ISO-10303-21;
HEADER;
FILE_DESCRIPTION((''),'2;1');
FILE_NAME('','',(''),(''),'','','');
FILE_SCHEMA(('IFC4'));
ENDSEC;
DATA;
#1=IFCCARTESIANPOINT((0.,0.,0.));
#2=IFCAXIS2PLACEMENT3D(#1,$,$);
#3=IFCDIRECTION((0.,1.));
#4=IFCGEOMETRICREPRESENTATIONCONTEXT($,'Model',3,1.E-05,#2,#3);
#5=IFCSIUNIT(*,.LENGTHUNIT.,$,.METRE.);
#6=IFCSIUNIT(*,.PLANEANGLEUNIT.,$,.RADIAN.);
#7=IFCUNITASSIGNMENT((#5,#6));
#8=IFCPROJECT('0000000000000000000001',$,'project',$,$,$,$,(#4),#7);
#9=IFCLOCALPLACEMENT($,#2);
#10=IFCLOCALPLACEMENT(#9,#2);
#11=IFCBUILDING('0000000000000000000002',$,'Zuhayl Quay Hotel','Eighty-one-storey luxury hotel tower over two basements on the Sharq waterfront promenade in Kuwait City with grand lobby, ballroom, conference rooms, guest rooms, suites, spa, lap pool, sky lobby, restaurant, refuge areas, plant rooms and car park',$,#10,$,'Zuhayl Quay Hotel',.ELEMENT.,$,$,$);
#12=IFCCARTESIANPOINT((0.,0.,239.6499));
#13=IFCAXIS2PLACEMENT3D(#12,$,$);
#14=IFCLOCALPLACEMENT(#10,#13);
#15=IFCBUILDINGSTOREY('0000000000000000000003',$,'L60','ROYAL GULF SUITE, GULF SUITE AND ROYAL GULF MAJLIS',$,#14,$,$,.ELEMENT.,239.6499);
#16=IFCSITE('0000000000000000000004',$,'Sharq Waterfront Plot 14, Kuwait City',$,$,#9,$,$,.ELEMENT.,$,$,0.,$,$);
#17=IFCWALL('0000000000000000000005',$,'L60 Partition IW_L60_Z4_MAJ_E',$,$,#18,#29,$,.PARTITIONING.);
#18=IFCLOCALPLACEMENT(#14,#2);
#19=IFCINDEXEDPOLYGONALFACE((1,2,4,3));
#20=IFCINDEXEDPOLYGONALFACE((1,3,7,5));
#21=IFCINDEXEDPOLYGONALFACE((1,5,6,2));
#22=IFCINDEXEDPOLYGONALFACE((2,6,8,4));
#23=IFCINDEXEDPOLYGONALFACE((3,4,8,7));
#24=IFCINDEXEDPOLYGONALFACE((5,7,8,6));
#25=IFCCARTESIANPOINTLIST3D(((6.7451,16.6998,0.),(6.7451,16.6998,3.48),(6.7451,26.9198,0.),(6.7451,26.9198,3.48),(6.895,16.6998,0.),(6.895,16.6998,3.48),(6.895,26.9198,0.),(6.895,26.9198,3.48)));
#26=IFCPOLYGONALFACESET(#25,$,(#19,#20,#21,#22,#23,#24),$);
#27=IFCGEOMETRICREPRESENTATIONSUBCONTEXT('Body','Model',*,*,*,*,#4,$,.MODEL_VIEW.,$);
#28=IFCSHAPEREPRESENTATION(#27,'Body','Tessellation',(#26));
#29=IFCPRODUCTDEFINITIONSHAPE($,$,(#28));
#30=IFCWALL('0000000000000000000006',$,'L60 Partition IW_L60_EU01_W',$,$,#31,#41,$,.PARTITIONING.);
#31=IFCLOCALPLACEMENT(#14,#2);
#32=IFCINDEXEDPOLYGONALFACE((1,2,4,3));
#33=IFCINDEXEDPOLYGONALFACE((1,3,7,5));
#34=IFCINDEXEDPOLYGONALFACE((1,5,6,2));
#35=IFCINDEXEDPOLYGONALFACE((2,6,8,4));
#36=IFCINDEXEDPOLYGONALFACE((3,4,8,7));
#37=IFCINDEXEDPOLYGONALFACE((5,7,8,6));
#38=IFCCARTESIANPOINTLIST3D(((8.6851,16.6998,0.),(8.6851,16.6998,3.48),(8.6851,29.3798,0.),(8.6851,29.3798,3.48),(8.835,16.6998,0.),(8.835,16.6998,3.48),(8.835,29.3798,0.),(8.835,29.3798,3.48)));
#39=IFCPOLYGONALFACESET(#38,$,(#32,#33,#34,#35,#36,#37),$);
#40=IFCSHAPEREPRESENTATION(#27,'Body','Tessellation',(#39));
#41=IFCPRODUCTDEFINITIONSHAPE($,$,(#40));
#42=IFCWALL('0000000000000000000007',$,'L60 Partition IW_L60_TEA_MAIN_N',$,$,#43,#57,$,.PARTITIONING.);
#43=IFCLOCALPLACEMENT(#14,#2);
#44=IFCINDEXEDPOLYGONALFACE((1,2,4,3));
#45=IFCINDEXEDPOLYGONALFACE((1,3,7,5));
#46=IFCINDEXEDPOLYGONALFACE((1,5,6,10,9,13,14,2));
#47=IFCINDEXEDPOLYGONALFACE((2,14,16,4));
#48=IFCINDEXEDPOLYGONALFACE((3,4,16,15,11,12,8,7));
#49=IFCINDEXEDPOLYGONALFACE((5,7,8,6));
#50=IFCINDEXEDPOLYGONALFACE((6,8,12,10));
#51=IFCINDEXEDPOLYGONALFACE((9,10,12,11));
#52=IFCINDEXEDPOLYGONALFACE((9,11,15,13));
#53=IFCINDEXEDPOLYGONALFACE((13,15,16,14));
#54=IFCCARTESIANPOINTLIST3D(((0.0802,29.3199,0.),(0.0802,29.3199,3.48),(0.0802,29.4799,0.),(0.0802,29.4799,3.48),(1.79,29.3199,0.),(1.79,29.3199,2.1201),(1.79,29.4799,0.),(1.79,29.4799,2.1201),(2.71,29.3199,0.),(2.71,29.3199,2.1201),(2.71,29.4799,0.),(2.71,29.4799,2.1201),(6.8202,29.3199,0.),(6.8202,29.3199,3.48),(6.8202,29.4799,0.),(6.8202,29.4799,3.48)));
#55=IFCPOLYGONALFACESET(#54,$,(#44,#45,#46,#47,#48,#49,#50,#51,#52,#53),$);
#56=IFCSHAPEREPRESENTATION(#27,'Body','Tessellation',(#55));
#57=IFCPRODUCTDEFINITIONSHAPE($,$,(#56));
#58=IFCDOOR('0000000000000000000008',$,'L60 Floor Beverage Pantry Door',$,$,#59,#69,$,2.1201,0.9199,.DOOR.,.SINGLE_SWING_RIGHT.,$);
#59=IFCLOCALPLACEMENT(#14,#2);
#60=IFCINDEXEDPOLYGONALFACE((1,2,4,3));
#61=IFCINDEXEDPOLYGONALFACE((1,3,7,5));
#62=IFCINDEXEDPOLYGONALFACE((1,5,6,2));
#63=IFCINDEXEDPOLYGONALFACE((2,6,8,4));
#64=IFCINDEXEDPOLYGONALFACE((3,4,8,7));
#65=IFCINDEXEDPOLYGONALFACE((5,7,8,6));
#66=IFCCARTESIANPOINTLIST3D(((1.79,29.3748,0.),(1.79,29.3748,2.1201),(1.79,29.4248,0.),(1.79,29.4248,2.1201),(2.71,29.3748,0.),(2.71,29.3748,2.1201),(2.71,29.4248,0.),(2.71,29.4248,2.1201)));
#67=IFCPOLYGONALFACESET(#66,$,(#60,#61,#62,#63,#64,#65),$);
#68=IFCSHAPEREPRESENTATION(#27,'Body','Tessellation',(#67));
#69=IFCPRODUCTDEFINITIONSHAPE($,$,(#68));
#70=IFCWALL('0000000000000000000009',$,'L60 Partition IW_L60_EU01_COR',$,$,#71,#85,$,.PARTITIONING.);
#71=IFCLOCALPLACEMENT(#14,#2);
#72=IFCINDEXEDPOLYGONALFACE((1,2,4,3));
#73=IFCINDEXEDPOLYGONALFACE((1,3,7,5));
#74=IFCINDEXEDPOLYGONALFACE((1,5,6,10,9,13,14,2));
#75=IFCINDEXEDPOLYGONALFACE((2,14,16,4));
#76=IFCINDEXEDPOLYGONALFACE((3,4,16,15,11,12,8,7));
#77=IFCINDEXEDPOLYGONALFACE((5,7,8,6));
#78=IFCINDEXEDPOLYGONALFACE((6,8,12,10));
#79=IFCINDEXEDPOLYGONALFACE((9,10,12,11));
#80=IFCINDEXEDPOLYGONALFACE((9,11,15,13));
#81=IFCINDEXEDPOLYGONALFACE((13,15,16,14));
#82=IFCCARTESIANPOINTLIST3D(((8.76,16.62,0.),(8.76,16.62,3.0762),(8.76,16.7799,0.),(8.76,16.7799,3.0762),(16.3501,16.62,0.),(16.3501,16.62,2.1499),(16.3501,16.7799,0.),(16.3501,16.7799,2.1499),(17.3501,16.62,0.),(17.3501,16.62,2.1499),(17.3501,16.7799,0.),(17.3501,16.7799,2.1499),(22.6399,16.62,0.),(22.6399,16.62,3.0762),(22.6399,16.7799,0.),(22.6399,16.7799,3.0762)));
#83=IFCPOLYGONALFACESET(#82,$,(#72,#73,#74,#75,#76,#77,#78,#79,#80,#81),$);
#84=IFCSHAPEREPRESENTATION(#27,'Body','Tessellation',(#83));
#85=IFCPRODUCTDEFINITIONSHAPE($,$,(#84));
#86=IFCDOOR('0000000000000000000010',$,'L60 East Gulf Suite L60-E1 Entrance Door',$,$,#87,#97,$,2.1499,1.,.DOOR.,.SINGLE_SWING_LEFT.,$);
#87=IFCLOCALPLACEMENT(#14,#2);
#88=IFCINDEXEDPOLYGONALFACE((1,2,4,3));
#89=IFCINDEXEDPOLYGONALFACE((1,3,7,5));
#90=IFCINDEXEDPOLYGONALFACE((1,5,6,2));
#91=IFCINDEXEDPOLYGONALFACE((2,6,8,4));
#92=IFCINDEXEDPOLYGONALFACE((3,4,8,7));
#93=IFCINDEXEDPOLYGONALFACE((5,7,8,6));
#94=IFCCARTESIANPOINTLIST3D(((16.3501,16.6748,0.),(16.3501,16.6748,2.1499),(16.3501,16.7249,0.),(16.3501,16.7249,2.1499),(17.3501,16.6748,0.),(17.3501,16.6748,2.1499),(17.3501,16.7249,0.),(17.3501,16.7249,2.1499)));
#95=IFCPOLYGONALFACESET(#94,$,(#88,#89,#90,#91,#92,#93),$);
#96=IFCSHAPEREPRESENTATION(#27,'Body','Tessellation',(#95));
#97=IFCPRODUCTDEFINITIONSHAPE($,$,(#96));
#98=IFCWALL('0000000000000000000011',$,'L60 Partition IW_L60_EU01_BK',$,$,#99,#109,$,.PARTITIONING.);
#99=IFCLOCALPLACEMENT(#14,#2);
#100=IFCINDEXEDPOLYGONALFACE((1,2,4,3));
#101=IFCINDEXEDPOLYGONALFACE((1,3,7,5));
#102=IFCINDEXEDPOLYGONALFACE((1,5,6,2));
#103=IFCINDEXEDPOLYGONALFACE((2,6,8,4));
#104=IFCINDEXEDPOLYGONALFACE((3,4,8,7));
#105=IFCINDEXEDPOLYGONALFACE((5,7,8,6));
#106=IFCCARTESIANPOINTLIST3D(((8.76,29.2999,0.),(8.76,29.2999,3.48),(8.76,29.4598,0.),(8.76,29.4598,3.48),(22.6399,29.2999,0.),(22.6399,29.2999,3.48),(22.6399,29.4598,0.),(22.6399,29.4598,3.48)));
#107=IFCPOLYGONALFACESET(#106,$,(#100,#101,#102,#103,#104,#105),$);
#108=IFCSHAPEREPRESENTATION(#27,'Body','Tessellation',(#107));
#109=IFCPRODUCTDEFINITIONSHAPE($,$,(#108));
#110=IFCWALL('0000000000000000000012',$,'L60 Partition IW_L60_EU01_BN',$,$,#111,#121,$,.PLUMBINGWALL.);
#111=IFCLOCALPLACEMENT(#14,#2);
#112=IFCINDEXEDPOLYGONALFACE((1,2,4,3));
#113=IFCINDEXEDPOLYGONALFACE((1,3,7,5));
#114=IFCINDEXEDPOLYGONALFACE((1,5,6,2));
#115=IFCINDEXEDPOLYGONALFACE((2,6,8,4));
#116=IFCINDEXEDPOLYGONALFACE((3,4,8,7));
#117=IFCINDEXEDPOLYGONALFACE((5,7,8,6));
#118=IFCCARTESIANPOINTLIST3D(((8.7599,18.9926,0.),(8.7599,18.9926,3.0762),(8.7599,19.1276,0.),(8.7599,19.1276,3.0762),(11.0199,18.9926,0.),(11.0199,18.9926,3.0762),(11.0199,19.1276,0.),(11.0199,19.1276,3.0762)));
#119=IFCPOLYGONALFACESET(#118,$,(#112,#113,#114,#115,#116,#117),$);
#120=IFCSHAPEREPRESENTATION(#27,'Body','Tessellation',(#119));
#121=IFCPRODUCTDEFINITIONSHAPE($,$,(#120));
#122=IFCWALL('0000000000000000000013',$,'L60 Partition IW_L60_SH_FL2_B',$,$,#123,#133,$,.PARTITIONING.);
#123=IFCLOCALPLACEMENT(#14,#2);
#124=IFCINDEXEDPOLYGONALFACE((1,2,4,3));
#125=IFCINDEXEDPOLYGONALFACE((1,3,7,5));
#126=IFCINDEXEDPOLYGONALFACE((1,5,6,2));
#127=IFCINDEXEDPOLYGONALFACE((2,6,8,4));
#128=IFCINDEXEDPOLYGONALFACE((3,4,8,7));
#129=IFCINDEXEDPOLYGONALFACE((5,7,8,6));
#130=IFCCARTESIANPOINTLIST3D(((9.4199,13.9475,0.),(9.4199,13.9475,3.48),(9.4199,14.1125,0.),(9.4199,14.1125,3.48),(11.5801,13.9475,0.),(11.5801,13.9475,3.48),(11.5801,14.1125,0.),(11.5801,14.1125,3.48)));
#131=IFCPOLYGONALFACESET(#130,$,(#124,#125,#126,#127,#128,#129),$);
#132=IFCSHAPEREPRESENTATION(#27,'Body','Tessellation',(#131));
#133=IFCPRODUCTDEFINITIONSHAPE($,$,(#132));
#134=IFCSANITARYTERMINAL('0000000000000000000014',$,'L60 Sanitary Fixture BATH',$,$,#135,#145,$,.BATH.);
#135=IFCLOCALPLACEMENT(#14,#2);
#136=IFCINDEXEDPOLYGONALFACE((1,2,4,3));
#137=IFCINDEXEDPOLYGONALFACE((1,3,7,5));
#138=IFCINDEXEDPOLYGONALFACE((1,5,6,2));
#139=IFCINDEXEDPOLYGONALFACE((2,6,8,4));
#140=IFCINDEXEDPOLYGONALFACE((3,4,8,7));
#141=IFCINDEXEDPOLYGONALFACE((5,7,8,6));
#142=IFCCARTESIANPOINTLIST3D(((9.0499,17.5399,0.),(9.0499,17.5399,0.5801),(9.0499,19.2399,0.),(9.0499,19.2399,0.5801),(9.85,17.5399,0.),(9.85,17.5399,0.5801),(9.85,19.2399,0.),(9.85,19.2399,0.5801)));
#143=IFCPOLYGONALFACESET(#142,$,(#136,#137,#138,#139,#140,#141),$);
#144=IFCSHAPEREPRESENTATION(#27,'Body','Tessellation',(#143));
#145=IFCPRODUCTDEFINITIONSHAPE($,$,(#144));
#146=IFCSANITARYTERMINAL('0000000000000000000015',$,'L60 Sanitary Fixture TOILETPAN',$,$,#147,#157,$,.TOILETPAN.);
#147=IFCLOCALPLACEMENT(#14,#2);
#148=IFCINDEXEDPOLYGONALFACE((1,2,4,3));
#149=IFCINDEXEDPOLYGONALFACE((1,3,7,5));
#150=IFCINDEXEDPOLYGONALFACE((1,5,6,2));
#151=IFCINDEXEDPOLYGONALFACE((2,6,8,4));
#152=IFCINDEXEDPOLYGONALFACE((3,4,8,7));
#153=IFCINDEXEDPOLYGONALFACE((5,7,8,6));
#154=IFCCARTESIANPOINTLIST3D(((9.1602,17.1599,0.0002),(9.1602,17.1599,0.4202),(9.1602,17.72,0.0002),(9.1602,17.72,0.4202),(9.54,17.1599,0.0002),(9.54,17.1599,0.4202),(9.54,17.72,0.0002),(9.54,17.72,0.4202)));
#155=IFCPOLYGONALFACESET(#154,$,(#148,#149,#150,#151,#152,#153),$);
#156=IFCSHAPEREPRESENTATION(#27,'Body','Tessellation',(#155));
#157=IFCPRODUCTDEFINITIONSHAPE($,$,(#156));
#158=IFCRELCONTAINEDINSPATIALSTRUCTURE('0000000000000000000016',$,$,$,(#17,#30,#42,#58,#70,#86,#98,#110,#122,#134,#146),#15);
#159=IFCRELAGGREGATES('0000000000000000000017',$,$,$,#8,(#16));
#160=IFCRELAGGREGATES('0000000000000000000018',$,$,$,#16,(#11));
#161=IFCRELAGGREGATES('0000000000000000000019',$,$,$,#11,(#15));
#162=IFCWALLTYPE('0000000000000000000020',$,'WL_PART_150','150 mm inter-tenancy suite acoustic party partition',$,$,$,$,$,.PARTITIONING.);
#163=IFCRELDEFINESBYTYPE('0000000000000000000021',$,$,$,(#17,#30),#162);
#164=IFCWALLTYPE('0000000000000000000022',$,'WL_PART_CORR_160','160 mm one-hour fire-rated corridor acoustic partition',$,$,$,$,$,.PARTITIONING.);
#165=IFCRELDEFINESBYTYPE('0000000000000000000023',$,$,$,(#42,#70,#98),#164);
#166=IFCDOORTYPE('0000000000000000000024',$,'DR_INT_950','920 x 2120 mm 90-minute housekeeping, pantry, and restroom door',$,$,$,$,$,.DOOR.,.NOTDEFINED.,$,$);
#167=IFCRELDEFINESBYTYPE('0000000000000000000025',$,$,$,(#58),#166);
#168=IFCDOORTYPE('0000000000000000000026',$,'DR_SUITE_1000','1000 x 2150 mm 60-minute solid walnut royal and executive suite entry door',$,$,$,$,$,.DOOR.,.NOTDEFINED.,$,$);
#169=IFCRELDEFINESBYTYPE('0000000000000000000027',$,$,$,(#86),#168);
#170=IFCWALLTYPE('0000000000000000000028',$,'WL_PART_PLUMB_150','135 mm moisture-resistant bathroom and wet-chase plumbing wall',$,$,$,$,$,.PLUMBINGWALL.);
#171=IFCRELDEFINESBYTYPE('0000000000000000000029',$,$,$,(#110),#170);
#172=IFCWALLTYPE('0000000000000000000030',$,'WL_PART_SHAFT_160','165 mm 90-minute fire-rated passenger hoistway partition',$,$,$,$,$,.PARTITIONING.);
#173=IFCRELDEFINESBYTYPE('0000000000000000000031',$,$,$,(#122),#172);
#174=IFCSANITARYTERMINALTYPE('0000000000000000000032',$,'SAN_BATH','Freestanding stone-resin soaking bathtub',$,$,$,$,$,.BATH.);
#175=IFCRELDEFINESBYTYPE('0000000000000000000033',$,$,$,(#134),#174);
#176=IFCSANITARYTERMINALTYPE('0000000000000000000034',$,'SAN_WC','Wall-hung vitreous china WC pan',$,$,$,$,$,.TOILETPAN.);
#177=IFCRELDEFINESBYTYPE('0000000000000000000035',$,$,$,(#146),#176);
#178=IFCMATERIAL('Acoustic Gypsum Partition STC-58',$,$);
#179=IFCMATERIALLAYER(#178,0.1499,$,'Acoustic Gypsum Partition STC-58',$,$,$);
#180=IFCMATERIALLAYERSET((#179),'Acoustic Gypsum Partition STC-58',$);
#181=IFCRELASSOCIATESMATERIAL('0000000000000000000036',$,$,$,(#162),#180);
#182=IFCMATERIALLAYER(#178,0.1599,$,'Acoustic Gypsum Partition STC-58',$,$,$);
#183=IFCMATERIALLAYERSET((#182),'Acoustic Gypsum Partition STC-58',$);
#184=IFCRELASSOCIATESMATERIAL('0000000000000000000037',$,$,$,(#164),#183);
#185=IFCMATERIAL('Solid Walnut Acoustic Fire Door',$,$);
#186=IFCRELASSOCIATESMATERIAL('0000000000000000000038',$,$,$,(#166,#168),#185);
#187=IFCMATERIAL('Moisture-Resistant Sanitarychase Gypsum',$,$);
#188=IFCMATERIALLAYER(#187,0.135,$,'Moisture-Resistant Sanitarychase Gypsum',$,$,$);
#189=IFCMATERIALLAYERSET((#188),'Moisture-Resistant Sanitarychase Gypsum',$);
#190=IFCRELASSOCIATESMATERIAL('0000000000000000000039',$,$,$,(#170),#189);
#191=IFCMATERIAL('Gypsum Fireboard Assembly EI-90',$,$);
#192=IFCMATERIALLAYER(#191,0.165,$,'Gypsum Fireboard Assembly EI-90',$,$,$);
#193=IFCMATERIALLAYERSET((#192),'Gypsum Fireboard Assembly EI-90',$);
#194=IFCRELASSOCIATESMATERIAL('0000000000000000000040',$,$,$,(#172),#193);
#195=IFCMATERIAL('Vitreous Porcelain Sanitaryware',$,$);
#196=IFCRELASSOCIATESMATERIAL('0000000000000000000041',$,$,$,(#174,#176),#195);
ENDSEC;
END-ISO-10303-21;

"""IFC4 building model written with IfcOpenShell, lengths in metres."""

from ifc_helpers import new_model, si_unit, direction, frame, frame_2d, origin, origin_2d, place, context, subcontext, project, spatial, rectangle, extrude, material, layer, layer_set, type_object, element, fill, save


model = new_model("IFC4")

# Units and contexts
model_context = context("Model", 3, precision=1e-05, world=origin(), true_north=direction((0.0, 1.0)))
body_context = subcontext(model_context, "Body", "Model", "MODEL_VIEW")
ifc_project = project(units=[si_unit("LENGTHUNIT", "METRE"), si_unit("PLANEANGLEUNIT", "RADIAN")], contexts=[model_context])

# Site, building, storey
site_placement = place(None, origin())
site = spatial("IfcSite", under=ifc_project, at=site_placement, Name="Sharq Waterfront Plot 14, Kuwait City", CompositionType="ELEMENT", RefElevation=0.0)
building_placement = place(site_placement, origin())
building = spatial("IfcBuilding", under=site, at=building_placement, Name="Zuhayl Quay Hotel", Description="Eighty-one-storey luxury hotel tower over two basements on the Sharq waterfront promenade in Kuwait City with grand lobby, ballroom, conference rooms, guest rooms, suites, spa, lap pool, sky lobby, restaurant, refuge areas, plant rooms and car park", LongName="Zuhayl Quay Hotel", CompositionType="ELEMENT")
storey_placement = place(building_placement, frame((0.0, 0.0, 239.6499)))
storey = spatial("IfcBuildingStorey", under=building, at=storey_placement, Name="L60", Description="ROYAL GULF SUITE, GULF SUITE AND ROYAL GULF MAJLIS", CompositionType="ELEMENT", Elevation=239.6499)

# Walls
ifc_material_1 = material(Name="Acoustic Gypsum Partition STC-58")
ifc_layer_1 = layer(ifc_material_1, 0.1499, Name="Acoustic Gypsum Partition STC-58")
ifc_layer_set_1 = layer_set([ifc_layer_1], Name="Acoustic Gypsum Partition STC-58")
wall_type_1 = type_object("IfcWallType", Name="WL_PART_150", Description="150 mm inter-tenancy suite acoustic party partition", PredefinedType="PARTITIONING", material=ifc_layer_set_1)
wall_1_placement = place(storey_placement, frame((6.8201, 16.7, 0.0), z_axis=(0.0, 0.0, 1.0), x_axis=(0.0, 1.0, 0.0)))
element("IfcWall", 1, at=wall_1_placement, inside=storey, type_object=wall_type_1, Name="L60 Partition IW_L60_Z4_MAJ_E", PredefinedType="PARTITIONING", context=body_context, shape_type="SweptSolid", body=[
    extrude(rectangle(XDim=10.22, YDim=0.1499, at=frame_2d((5.1099, 0.0))), origin(), (0.0, 0.0, 1.0), 3.48),
])
wall_2_placement = place(storey_placement, frame((8.76, 16.7, 0.0), z_axis=(0.0, 0.0, 1.0), x_axis=(0.0, 1.0, 0.0)))
element("IfcWall", 2, at=wall_2_placement, inside=storey, type_object=wall_type_1, Name="L60 Partition IW_L60_EU01_W", PredefinedType="PARTITIONING", context=body_context, shape_type="SweptSolid", body=[
    extrude(rectangle(XDim=12.6799, YDim=0.1499, at=frame_2d((6.3398, 0.0))), origin(), (0.0, 0.0, 1.0), 3.48),
])

# Walls, openings, doors
ifc_layer_2 = layer(ifc_material_1, 0.1599, Name="Acoustic Gypsum Partition STC-58")
ifc_layer_set_2 = layer_set([ifc_layer_2], Name="Acoustic Gypsum Partition STC-58")
wall_type_2 = type_object("IfcWallType", Name="WL_PART_CORR_160", Description="160 mm one-hour fire-rated corridor acoustic partition", PredefinedType="PARTITIONING", material=ifc_layer_set_2)
wall_3_placement = place(storey_placement, frame((0.0801, 29.3999, 0.0), z_axis=(0.0, 0.0, 1.0), x_axis=(1.0, 0.0, 0.0)))
wall_3 = element("IfcWall", 3, at=wall_3_placement, inside=storey, type_object=wall_type_2, Name="L60 Partition IW_L60_TEA_MAIN_N", PredefinedType="PARTITIONING", context=body_context, shape_type="SweptSolid", body=[
    extrude(rectangle(XDim=6.74, YDim=0.1599, at=frame_2d((3.3701, 0.0))), origin(), (0.0, 0.0, 1.0), 3.48),
])
opening_1_placement = place(wall_3_placement, frame((1.71, 0.0, 0.0)))
opening_1 = element("IfcOpeningElement", 4, at=opening_1_placement, cuts=wall_3, PredefinedType="OPENING", context=body_context, shape_type="SweptSolid", body=[
    extrude(rectangle(XDim=0.9199, YDim=2.1201, at=frame_2d((0.46, 1.0601))), frame((0.0, 0.0898, 0.0), z_axis=(0.0, -1.0, 0.0), x_axis=(1.0, 0.0, 0.0)), (0.0, 0.0, 1.0), 0.1799),
])
ifc_material_2 = material(Name="Solid Walnut Acoustic Fire Door")
door_type_1 = type_object("IfcDoorType", Name="DR_INT_950", Description="920 x 2120 mm 90-minute housekeeping, pantry, and restroom door", OperationType="NOTDEFINED", PredefinedType="DOOR", material=ifc_material_2)
door_1_placement = place(opening_1_placement, origin())
door_1 = element("IfcDoor", 5, at=door_1_placement, inside=storey, type_object=door_type_1, Name="L60 Floor Beverage Pantry Door", OperationType="SINGLE_SWING_RIGHT", OverallHeight=2.1201, OverallWidth=0.9199, PredefinedType="DOOR", context=body_context, shape_type="SweptSolid", body=[
    extrude(rectangle(XDim=0.9199, YDim=2.1201, at=frame_2d((0.46, 1.0601))), frame((0.0, 0.0249, 0.0), z_axis=(0.0, -1.0, 0.0), x_axis=(1.0, 0.0, 0.0)), (0.0, 0.0, 1.0), 0.05),
])
fill(opening_1, door_1)
wall_4_placement = place(storey_placement, frame((8.76, 16.7, 0.0), z_axis=(0.0, 0.0, 1.0), x_axis=(1.0, 0.0, 0.0)))
wall_4 = element("IfcWall", 6, at=wall_4_placement, inside=storey, type_object=wall_type_2, Name="L60 Partition IW_L60_EU01_COR", PredefinedType="PARTITIONING", context=body_context, shape_type="SweptSolid", body=[
    extrude(rectangle(XDim=13.8799, YDim=0.1599, at=frame_2d((6.9399, 0.0))), origin(), (0.0, 0.0, 1.0), 3.0762),
])
opening_2_placement = place(wall_4_placement, frame((7.5901, 0.0, 0.0)))
opening_2 = element("IfcOpeningElement", 7, at=opening_2_placement, cuts=wall_4, PredefinedType="OPENING", context=body_context, shape_type="SweptSolid", body=[
    extrude(rectangle(XDim=1.0, YDim=2.1499, at=frame_2d((0.5, 1.075))), frame((0.0, 0.0898, 0.0), z_axis=(0.0, -1.0, 0.0), x_axis=(1.0, 0.0, 0.0)), (0.0, 0.0, 1.0), 0.1799),
])
door_type_2 = type_object("IfcDoorType", Name="DR_SUITE_1000", Description="1000 x 2150 mm 60-minute solid walnut royal and executive suite entry door", OperationType="NOTDEFINED", PredefinedType="DOOR", material=ifc_material_2)
door_2_placement = place(opening_2_placement, origin())
door_2 = element("IfcDoor", 8, at=door_2_placement, inside=storey, type_object=door_type_2, Name="L60 East Gulf Suite L60-E1 Entrance Door", OperationType="SINGLE_SWING_LEFT", OverallHeight=2.1499, OverallWidth=1.0, PredefinedType="DOOR", context=body_context, shape_type="SweptSolid", body=[
    extrude(rectangle(XDim=1.0, YDim=2.1499, at=frame_2d((0.5, 1.075))), frame((0.0, 0.0249, 0.0), z_axis=(0.0, -1.0, 0.0), x_axis=(1.0, 0.0, 0.0)), (0.0, 0.0, 1.0), 0.05),
])
fill(opening_2, door_2)

# Walls
wall_5_placement = place(storey_placement, frame((8.76, 29.3799, 0.0), z_axis=(0.0, 0.0, 1.0), x_axis=(1.0, 0.0, 0.0)))
element("IfcWall", 9, at=wall_5_placement, inside=storey, type_object=wall_type_2, Name="L60 Partition IW_L60_EU01_BK", PredefinedType="PARTITIONING", context=body_context, shape_type="SweptSolid", body=[
    extrude(rectangle(XDim=13.8799, YDim=0.1599, at=frame_2d((6.9399, 0.0))), origin(), (0.0, 0.0, 1.0), 3.48),
])
ifc_material_3 = material(Name="Moisture-Resistant Sanitarychase Gypsum")
ifc_layer_3 = layer(ifc_material_3, 0.135, Name="Moisture-Resistant Sanitarychase Gypsum")
ifc_layer_set_3 = layer_set([ifc_layer_3], Name="Moisture-Resistant Sanitarychase Gypsum")
wall_type_3 = type_object("IfcWallType", Name="WL_PART_PLUMB_150", Description="135 mm moisture-resistant bathroom and wet-chase plumbing wall", PredefinedType="PLUMBINGWALL", material=ifc_layer_set_3)
wall_6_placement = place(storey_placement, frame((8.76, 19.0601, 0.0), z_axis=(0.0, 0.0, 1.0), x_axis=(1.0, 0.0, 0.0)))
element("IfcWall", 10, at=wall_6_placement, inside=storey, type_object=wall_type_3, Name="L60 Partition IW_L60_EU01_BN", PredefinedType="PLUMBINGWALL", context=body_context, shape_type="SweptSolid", body=[
    extrude(rectangle(XDim=2.26, YDim=0.135, at=frame_2d((1.1299, 0.0))), origin(), (0.0, 0.0, 1.0), 3.0762),
])
ifc_material_4 = material(Name="Gypsum Fireboard Assembly EI-90")
ifc_layer_4 = layer(ifc_material_4, 0.165, Name="Gypsum Fireboard Assembly EI-90")
ifc_layer_set_4 = layer_set([ifc_layer_4], Name="Gypsum Fireboard Assembly EI-90")
wall_type_4 = type_object("IfcWallType", Name="WL_PART_SHAFT_160", Description="165 mm 90-minute fire-rated passenger hoistway partition", PredefinedType="PARTITIONING", material=ifc_layer_set_4)
wall_7_placement = place(storey_placement, frame((9.4199, 14.03, 0.0), z_axis=(0.0, 0.0, 1.0), x_axis=(1.0, 0.0, 0.0)))
element("IfcWall", 11, at=wall_7_placement, inside=storey, type_object=wall_type_4, Name="L60 Partition IW_L60_SH_FL2_B", PredefinedType="PARTITIONING", context=body_context, shape_type="SweptSolid", body=[
    extrude(rectangle(XDim=2.1602, YDim=0.165, at=frame_2d((1.0801, 0.0))), origin(), (0.0, 0.0, 1.0), 3.48),
])

# Sanitary terminals
ifc_material_5 = material(Name="Vitreous Porcelain Sanitaryware")
sanitary_terminal_type_1 = type_object("IfcSanitaryTerminalType", Name="SAN_BATH", Description="Freestanding stone-resin soaking bathtub", PredefinedType="BATH", material=ifc_material_5)
sanitary_terminal_1_placement = place(storey_placement, frame((9.45, 18.3899, 0.0), z_axis=(0.0, 0.0, 1.0), x_axis=(1.0, 0.0, 0.0)))
element("IfcSanitaryTerminal", 12, at=sanitary_terminal_1_placement, inside=storey, type_object=sanitary_terminal_type_1, Name="L60 Sanitary Fixture BATH", PredefinedType="BATH", context=body_context, shape_type="SweptSolid", body=[
    extrude(rectangle(XDim=0.8, YDim=1.7, at=origin_2d()), origin(), (0.0, 0.0, 1.0), 0.5801),
])
sanitary_terminal_type_2 = type_object("IfcSanitaryTerminalType", Name="SAN_WC", Description="Wall-hung vitreous china WC pan", PredefinedType="TOILETPAN", material=ifc_material_5)
sanitary_terminal_2_placement = place(storey_placement, frame((9.3501, 17.4399, 0.0002), z_axis=(0.0, 0.0, 1.0), x_axis=(1.0, 0.0, 0.0)))
element("IfcSanitaryTerminal", 13, at=sanitary_terminal_2_placement, inside=storey, type_object=sanitary_terminal_type_2, Name="L60 Sanitary Fixture TOILETPAN", PredefinedType="TOILETPAN", context=body_context, shape_type="SweptSolid", body=[
    extrude(rectangle(XDim=0.3799, YDim=0.5601, at=origin_2d()), origin(), (0.0, 0.0, 1.0), 0.4199),
])

save(model, "model.ifc")
